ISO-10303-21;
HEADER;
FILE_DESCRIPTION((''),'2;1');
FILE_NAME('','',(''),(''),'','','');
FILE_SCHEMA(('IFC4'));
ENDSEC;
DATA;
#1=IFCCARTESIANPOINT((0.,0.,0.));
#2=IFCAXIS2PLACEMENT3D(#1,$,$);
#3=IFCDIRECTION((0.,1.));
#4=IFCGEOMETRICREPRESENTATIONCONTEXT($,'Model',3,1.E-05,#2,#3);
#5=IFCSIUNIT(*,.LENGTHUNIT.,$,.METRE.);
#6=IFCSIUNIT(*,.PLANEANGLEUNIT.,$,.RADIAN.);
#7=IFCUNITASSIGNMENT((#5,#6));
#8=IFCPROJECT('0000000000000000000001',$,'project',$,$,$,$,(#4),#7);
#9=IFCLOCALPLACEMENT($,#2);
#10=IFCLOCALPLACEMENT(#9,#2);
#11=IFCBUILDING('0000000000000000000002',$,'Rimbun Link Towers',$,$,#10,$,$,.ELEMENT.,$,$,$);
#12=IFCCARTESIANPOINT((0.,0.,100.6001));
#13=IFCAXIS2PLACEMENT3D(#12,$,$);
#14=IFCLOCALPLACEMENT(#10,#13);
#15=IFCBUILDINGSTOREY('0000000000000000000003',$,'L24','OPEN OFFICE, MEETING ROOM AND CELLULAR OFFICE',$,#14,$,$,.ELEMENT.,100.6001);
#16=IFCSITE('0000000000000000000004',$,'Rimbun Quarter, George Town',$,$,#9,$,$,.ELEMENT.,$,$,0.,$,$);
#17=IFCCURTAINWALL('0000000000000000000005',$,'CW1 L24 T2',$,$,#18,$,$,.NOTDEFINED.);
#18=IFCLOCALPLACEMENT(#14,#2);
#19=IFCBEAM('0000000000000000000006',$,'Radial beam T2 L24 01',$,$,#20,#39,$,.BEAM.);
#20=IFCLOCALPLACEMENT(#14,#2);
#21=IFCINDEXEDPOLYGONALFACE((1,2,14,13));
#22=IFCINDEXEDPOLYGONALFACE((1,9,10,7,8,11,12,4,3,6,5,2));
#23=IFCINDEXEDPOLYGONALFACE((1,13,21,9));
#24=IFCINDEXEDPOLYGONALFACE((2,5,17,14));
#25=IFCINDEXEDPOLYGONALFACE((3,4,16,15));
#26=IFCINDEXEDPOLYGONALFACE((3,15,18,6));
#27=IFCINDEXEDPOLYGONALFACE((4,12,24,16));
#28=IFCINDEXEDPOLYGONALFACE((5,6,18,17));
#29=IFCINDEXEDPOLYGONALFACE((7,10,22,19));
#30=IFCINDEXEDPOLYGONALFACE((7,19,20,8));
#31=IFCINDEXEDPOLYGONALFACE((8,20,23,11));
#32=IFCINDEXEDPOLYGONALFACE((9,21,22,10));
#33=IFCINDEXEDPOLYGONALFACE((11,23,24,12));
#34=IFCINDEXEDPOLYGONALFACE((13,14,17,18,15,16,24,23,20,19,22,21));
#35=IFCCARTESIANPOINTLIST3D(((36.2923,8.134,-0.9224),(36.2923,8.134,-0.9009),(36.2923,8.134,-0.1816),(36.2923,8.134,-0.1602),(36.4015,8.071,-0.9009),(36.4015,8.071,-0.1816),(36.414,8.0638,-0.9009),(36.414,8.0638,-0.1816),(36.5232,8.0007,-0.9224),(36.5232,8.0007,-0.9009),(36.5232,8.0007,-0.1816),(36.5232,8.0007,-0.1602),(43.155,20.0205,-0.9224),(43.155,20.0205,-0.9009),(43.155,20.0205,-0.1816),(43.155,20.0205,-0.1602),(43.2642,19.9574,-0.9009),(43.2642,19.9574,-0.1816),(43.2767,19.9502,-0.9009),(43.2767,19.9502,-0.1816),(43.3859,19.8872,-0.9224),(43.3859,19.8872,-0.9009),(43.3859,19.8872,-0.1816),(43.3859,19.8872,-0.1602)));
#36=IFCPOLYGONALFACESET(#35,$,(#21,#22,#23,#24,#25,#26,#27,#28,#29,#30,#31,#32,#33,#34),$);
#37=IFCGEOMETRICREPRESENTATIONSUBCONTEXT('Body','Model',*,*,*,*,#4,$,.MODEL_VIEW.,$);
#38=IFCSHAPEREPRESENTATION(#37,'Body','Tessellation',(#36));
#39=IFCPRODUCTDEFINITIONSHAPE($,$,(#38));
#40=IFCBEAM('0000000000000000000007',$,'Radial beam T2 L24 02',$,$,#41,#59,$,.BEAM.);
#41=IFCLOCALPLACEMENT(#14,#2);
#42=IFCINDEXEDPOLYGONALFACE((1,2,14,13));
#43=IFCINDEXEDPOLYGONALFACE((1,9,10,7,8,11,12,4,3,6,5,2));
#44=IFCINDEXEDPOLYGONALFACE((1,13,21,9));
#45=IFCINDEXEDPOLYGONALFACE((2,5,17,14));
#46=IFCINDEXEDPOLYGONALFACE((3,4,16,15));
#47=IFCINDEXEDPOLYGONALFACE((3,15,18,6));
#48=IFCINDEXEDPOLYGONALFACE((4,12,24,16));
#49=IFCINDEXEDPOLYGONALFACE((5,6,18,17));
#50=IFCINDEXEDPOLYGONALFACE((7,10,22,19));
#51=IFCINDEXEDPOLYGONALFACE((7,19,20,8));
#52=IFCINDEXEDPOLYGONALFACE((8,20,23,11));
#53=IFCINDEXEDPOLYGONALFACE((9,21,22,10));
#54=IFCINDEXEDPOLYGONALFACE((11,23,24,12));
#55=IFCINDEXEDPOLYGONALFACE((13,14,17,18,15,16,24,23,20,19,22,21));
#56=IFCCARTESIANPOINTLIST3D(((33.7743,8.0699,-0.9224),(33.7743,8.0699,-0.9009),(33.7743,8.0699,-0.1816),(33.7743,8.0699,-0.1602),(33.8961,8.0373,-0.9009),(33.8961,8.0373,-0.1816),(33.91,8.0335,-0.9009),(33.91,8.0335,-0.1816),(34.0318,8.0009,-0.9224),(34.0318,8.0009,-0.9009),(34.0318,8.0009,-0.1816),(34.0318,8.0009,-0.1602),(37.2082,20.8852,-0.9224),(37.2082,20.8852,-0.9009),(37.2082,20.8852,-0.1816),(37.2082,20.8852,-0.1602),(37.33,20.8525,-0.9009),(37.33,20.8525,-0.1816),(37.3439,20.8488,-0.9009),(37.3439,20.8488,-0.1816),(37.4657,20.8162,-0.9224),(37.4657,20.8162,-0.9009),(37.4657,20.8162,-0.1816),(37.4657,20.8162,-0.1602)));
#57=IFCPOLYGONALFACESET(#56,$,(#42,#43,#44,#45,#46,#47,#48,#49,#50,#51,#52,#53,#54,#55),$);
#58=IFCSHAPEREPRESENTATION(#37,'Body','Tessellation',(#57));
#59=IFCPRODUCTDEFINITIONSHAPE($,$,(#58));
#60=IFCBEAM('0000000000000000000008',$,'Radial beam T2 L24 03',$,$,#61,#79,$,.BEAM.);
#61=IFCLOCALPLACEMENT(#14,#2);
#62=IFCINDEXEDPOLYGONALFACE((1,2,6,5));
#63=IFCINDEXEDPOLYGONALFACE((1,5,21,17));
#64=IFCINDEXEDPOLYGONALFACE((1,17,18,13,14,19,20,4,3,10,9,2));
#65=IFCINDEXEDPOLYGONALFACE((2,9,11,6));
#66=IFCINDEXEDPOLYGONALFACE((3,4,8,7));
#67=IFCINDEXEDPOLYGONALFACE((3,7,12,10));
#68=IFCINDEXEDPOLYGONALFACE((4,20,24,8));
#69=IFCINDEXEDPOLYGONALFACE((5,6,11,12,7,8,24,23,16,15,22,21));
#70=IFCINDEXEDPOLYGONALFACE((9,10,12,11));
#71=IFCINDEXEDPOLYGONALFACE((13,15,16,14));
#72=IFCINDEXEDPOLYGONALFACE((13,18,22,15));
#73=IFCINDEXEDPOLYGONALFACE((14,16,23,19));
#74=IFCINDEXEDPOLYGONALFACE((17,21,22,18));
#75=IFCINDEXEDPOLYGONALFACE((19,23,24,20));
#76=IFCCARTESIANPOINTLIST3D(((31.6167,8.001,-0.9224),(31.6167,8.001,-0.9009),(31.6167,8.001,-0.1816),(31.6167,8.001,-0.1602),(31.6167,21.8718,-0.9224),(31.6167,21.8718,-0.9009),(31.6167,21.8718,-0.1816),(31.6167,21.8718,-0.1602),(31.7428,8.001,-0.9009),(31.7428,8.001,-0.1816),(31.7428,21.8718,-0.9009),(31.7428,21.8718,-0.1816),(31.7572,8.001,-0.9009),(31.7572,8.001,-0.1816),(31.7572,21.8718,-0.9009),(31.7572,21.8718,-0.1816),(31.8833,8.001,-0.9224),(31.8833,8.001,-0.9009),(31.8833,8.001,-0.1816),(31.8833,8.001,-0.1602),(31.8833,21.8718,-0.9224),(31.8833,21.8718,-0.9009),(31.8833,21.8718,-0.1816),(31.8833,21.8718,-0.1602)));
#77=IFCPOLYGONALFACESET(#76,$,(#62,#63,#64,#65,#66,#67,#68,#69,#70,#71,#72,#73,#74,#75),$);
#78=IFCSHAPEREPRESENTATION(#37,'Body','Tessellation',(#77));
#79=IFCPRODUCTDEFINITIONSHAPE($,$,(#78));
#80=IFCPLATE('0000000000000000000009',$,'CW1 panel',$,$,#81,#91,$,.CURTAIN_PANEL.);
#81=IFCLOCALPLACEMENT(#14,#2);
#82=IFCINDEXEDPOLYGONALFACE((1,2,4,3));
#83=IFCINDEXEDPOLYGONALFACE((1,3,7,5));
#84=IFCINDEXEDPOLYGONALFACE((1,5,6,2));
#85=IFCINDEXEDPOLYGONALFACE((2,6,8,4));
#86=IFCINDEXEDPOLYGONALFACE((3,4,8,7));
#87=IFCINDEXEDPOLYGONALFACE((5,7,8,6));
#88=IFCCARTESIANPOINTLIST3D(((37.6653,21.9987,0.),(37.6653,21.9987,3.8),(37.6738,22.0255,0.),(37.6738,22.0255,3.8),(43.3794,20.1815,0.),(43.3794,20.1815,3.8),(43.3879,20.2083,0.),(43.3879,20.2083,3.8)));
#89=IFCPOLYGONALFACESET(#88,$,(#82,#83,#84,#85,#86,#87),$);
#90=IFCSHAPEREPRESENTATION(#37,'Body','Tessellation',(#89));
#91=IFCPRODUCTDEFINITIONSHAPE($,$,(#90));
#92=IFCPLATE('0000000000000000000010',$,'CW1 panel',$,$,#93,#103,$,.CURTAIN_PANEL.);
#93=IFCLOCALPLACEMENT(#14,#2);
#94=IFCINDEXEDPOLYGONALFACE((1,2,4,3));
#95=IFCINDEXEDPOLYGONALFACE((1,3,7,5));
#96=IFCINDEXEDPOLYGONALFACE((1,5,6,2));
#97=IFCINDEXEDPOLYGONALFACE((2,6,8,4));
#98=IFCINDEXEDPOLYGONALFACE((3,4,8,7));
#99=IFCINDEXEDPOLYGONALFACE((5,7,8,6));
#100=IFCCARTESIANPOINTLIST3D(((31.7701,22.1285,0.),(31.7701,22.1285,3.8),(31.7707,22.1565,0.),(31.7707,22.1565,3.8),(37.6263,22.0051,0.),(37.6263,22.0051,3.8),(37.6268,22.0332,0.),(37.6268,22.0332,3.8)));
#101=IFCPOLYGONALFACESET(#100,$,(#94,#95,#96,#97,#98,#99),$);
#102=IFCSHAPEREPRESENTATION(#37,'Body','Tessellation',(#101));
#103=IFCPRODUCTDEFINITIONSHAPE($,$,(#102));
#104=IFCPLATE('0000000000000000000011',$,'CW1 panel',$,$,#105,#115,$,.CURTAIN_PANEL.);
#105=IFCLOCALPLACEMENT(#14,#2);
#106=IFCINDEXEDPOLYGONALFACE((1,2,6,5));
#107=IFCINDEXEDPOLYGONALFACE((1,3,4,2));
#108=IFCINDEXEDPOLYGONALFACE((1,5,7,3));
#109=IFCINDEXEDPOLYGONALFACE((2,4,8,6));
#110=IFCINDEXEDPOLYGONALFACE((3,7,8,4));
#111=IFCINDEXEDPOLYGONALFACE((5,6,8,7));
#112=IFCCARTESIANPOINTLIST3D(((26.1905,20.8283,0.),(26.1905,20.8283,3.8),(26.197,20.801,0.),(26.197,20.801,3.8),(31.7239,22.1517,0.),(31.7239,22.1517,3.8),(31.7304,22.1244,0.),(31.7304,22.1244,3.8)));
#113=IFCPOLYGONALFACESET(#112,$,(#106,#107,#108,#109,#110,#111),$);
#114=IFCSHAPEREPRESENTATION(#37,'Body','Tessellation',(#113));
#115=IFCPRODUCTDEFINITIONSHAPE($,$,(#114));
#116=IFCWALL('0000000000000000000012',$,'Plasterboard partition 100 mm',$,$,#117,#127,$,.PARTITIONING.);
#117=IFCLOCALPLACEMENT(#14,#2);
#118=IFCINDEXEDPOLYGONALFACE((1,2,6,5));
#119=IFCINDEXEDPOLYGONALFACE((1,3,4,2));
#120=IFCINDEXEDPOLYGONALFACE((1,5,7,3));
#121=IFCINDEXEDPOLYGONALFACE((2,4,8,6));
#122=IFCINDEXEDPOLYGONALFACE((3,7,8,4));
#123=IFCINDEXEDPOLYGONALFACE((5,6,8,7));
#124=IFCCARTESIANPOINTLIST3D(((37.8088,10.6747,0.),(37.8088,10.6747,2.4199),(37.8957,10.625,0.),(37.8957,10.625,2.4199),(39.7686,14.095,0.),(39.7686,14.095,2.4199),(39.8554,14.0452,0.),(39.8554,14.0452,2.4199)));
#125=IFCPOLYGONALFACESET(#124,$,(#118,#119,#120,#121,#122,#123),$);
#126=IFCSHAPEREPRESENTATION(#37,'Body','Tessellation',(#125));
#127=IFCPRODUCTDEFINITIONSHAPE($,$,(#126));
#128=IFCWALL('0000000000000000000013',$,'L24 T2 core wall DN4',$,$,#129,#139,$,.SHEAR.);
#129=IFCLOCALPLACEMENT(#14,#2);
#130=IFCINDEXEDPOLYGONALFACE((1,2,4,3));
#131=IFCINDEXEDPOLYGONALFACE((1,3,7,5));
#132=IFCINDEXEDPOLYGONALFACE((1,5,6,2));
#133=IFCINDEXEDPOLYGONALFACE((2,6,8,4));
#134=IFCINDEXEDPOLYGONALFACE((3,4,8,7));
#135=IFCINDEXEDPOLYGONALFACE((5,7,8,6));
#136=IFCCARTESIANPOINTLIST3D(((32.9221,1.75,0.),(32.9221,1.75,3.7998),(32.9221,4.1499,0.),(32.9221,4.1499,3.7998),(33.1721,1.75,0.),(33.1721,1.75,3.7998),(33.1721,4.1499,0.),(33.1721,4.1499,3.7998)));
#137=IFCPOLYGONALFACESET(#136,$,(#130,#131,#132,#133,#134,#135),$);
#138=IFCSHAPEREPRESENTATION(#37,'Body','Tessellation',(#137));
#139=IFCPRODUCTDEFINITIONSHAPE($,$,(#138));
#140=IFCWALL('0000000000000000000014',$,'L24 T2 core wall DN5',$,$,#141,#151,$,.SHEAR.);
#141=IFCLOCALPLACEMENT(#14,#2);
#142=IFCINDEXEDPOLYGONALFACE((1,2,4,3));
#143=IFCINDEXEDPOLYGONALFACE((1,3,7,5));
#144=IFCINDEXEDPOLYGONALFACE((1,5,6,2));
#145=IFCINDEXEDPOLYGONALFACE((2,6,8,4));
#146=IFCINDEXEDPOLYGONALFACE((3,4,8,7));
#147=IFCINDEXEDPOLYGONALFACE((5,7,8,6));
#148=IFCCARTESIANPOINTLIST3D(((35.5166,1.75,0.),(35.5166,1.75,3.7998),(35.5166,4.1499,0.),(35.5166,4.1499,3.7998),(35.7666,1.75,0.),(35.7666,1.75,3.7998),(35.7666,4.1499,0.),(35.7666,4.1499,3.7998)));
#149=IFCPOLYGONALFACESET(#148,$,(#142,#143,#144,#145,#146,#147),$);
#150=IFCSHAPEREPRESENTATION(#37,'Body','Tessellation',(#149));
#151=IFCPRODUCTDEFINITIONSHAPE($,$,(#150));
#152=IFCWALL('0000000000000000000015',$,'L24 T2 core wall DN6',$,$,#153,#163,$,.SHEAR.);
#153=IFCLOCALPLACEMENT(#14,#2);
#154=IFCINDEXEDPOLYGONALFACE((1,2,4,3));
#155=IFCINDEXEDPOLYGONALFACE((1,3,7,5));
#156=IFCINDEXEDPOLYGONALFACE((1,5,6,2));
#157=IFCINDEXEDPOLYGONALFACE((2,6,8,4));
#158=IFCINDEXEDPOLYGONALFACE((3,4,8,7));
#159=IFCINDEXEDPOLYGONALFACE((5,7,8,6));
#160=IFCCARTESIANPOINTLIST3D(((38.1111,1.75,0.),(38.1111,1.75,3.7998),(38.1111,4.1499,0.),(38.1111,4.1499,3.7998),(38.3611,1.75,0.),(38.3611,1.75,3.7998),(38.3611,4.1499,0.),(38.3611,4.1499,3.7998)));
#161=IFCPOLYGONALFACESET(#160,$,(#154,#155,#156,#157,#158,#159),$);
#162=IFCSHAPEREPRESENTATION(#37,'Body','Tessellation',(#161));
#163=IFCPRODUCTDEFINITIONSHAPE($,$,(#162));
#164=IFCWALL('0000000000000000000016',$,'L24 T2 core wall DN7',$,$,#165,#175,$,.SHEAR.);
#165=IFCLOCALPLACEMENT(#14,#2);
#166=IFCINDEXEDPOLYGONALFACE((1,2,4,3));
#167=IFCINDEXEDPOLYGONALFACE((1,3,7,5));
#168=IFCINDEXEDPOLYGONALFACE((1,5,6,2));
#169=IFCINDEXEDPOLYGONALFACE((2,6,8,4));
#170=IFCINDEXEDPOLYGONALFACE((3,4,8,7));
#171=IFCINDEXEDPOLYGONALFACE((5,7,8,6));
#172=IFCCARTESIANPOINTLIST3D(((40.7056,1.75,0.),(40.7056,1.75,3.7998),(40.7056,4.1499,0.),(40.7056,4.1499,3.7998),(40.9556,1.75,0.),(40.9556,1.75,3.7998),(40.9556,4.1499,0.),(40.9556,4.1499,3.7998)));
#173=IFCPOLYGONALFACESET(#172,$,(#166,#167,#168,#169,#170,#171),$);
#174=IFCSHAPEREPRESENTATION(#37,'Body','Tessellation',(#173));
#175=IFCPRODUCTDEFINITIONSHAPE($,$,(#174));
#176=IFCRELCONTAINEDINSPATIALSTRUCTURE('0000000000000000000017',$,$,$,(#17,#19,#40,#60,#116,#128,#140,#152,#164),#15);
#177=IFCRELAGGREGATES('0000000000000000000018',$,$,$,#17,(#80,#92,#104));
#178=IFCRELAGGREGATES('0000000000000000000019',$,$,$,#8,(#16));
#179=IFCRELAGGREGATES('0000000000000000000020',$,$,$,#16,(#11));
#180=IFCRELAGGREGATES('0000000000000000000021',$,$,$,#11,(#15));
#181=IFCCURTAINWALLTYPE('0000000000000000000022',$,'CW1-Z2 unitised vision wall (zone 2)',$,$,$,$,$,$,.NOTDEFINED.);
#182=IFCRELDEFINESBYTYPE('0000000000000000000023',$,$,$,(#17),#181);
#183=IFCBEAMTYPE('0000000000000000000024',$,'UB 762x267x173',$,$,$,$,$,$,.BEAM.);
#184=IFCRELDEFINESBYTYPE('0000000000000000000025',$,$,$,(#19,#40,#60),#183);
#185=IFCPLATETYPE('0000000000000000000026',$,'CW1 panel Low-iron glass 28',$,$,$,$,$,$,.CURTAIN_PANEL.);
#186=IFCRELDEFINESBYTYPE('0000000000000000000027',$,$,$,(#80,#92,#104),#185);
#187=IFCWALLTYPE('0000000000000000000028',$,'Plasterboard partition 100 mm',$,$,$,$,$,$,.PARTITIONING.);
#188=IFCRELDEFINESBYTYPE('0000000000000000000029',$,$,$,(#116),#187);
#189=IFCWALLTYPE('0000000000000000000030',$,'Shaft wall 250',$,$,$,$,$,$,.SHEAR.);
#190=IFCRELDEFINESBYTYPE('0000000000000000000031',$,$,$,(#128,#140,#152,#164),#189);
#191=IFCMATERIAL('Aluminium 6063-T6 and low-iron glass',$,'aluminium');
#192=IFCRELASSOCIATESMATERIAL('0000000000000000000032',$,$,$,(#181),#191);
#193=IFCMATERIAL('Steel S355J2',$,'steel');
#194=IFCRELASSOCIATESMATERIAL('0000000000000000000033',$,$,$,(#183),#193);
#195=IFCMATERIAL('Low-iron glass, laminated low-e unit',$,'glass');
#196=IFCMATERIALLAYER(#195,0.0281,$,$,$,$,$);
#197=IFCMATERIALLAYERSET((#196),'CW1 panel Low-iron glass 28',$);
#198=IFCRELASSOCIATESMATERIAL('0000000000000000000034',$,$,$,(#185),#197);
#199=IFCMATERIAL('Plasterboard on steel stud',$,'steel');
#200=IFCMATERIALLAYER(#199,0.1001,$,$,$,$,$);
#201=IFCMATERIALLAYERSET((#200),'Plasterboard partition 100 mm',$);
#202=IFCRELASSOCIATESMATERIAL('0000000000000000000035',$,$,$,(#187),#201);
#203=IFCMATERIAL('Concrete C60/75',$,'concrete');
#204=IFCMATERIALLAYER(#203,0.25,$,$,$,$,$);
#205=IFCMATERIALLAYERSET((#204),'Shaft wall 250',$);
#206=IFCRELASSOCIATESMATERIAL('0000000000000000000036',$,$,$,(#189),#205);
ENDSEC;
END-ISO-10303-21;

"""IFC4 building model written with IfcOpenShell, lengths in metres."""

from ifc_helpers import new_model, si_unit, direction, frame, frame_2d, origin, origin_2d, place, context, subcontext, project, spatial, rectangle, i_section, extrude, material, layer, layer_set, material_profile, profile_set, type_object, element, aggregate, save


model = new_model("IFC4")

# Units and contexts
model_context = context("Model", 3, precision=1e-05, world=origin(), true_north=direction((0.0, 1.0)))
body_context = subcontext(model_context, "Body", "Model", "MODEL_VIEW")
ifc_project = project(units=[si_unit("LENGTHUNIT", "METRE"), si_unit("PLANEANGLEUNIT", "RADIAN")], contexts=[model_context])

# Site, building, storey
site_placement = place(None, origin())
site = spatial("IfcSite", under=ifc_project, at=site_placement, Name="Rimbun Quarter, George Town", CompositionType="ELEMENT", RefElevation=0.0)
building_placement = place(site_placement, origin())
building = spatial("IfcBuilding", under=site, at=building_placement, Name="Rimbun Link Towers", CompositionType="ELEMENT")
storey_placement = place(building_placement, frame((0.0, 0.0, 100.6001)))
storey = spatial("IfcBuildingStorey", under=building, at=storey_placement, Name="L24", Description="OPEN OFFICE, MEETING ROOM AND CELLULAR OFFICE", CompositionType="ELEMENT", Elevation=100.6001)

# Curtain wall
ifc_material_1 = material(Name="Aluminium 6063-T6 and low-iron glass", Category="aluminium")
curtain_wall_type = type_object("IfcCurtainWallType", Name="CW1-Z2 unitised vision wall (zone 2)", PredefinedType="NOTDEFINED", material=ifc_material_1)
curtain_wall_placement = place(storey_placement, origin())
curtain_wall = element("IfcCurtainWall", 1, at=curtain_wall_placement, inside=storey, type_object=curtain_wall_type, Name="CW1 L24 T2", PredefinedType="NOTDEFINED")

# Beams
ifc_material_2 = material(Name="Steel S355J2", Category="steel")
ifc_material_profile_1 = material_profile(ifc_material_2, i_section(OverallWidth=0.2666, OverallDepth=0.7622, WebThickness=0.0144, FlangeThickness=0.0215, at=origin_2d()), Name="UB 762x267x173")
ifc_profile_set_1 = profile_set([ifc_material_profile_1], Name="Steel S355J2")
beam_type_1 = type_object("IfcBeamType", Name="UB 762x267x173", PredefinedType="BEAM", material=ifc_profile_set_1)
beam_1_placement = place(storey_placement, frame((36.4077, 8.0674, -0.5413), z_axis=(0.500007, 0.866021, 0.0), x_axis=(-0.866021, 0.500007, 0.0)))
element("IfcBeam", 2, at=beam_1_placement, inside=storey, type_object=beam_type_1, Name="Radial beam T2 L24 01", PredefinedType="BEAM", context=body_context, shape_type="SweptSolid", body=[
    extrude(i_section(OverallWidth=0.2666, OverallDepth=0.7622, WebThickness=0.0144, FlangeThickness=0.0215, at=origin_2d()), origin(), (0.0, 0.0, 1.0), 13.7253),
])
beam_2_placement = place(storey_placement, frame((33.9031, 8.0354, -0.5413), z_axis=(0.25882, 0.965925, 0.0), x_axis=(-0.965925, 0.25882, 0.0)))
element("IfcBeam", 3, at=beam_2_placement, inside=storey, type_object=beam_type_1, Name="Radial beam T2 L24 02", PredefinedType="BEAM", context=body_context, shape_type="SweptSolid", body=[
    extrude(i_section(OverallWidth=0.2666, OverallDepth=0.7622, WebThickness=0.0144, FlangeThickness=0.0215, at=origin_2d()), origin(), (0.0, 0.0, 1.0), 13.2673),
])
beam_3_placement = place(storey_placement, frame((31.75, 8.001, -0.5413), z_axis=(0.0, 1.0, 0.0), x_axis=(-1.0, 0.0, 0.0)))
element("IfcBeam", 4, at=beam_3_placement, inside=storey, type_object=beam_type_1, Name="Radial beam T2 L24 03", PredefinedType="BEAM", context=body_context, shape_type="SweptSolid", body=[
    extrude(i_section(OverallWidth=0.2666, OverallDepth=0.7622, WebThickness=0.0144, FlangeThickness=0.0215, at=origin_2d()), origin(), (0.0, 0.0, 1.0), 13.8708),
])

# Plates
ifc_material_3 = material(Name="Low-iron glass, laminated low-e unit", Category="glass")
ifc_layer_1 = layer(ifc_material_3, 0.0281)
ifc_layer_set_1 = layer_set([ifc_layer_1], Name="CW1 panel Low-iron glass 28")
plate_type = type_object("IfcPlateType", Name="CW1 panel Low-iron glass 28", PredefinedType="CURTAIN_PANEL", material=ifc_layer_set_1)
plate_1_placement = place(storey_placement, frame((40.5266, 21.1035, 0.0), z_axis=(0.0, 0.0, 1.0), x_axis=(0.95297, -0.303066, 0.0)))
plate_1 = element("IfcPlate", 5, at=plate_1_placement, type_object=plate_type, Name="CW1 panel", PredefinedType="CURTAIN_PANEL", context=body_context, shape_type="SweptSolid", body=[
    extrude(rectangle(XDim=5.9961, YDim=0.0281, at=origin_2d()), origin(), (0.0, 0.0, 1.0), 3.8),
])
plate_2_placement = place(storey_placement, frame((34.6985, 22.0808, 0.0), z_axis=(0.0, 0.0, 1.0), x_axis=(0.999778, -0.02106, 0.0)))
plate_2 = element("IfcPlate", 6, at=plate_2_placement, type_object=plate_type, Name="CW1 panel", PredefinedType="CURTAIN_PANEL", context=body_context, shape_type="SweptSolid", body=[
    extrude(rectangle(XDim=5.8574, YDim=0.0281, at=origin_2d()), origin(), (0.0, 0.0, 1.0), 3.8),
])
plate_3_placement = place(storey_placement, frame((28.9604, 21.4763, 0.0), z_axis=(0.0, 0.0, 1.0), x_axis=(0.972572, 0.232601, 0.0)))
plate_3 = element("IfcPlate", 7, at=plate_3_placement, type_object=plate_type, Name="CW1 panel", PredefinedType="CURTAIN_PANEL", context=body_context, shape_type="SweptSolid", body=[
    extrude(rectangle(XDim=5.6895, YDim=0.0281, at=origin_2d()), origin(), (0.0, 0.0, 1.0), 3.8),
])
aggregate(curtain_wall, [plate_1, plate_2, plate_3])

# Walls
ifc_material_4 = material(Name="Plasterboard on steel stud", Category="steel")
ifc_layer_2 = layer(ifc_material_4, 0.1001)
ifc_layer_set_2 = layer_set([ifc_layer_2], Name="Plasterboard partition 100 mm")
wall_type_1 = type_object("IfcWallType", Name="Plasterboard partition 100 mm", PredefinedType="PARTITIONING", material=ifc_layer_set_2)
wall_1_placement = place(storey_placement, frame((39.812, 14.0701, 0.0), z_axis=(0.0, 0.0, 1.0), x_axis=(-0.497159, -0.867659, 0.0)))
element("IfcWall", 8, at=wall_1_placement, inside=storey, type_object=wall_type_1, Name="Plasterboard partition 100 mm", PredefinedType="PARTITIONING", context=body_context, shape_type="SweptSolid", body=[
    extrude(rectangle(XDim=3.9419, YDim=0.1001, at=frame_2d((1.9709, 0.0))), origin(), (0.0, 0.0, 1.0), 2.4199),
])
ifc_material_5 = material(Name="Concrete C60/75", Category="concrete")
ifc_layer_3 = layer(ifc_material_5, 0.25)
ifc_layer_set_3 = layer_set([ifc_layer_3], Name="Shaft wall 250")
wall_type_2 = type_object("IfcWallType", Name="Shaft wall 250", PredefinedType="SHEAR", material=ifc_layer_set_3)
for number, where, z_axis, x_axis, name in (
    (9, (33.0471, 1.75, 0.0), (0.0, 0.0, 1.0), (0.0, 1.0, 0.0), "L24 T2 core wall DN4"),
    (10, (35.6416, 1.75, 0.0), (0.0, 0.0, 1.0), (0.0, 1.0, 0.0), "L24 T2 core wall DN5"),
    (11, (38.2361, 1.75, 0.0), (0.0, 0.0, 1.0), (0.0, 1.0, 0.0), "L24 T2 core wall DN6"),
    (12, (40.8306, 1.75, 0.0), (0.0, 0.0, 1.0), (0.0, 1.0, 0.0), "L24 T2 core wall DN7"),
):
    element("IfcWall", number, at=place(storey_placement, frame(where, z_axis=z_axis, x_axis=x_axis)), inside=storey, type_object=wall_type_2, Name=name, PredefinedType="SHEAR", context=body_context, shape_type="SweptSolid", body=[
        extrude(rectangle(XDim=2.3999, YDim=0.25, at=frame_2d((1.2, 0.0))), origin(), (0.0, 0.0, 1.0), 3.7998),
    ])

save(model, "model.ifc")
